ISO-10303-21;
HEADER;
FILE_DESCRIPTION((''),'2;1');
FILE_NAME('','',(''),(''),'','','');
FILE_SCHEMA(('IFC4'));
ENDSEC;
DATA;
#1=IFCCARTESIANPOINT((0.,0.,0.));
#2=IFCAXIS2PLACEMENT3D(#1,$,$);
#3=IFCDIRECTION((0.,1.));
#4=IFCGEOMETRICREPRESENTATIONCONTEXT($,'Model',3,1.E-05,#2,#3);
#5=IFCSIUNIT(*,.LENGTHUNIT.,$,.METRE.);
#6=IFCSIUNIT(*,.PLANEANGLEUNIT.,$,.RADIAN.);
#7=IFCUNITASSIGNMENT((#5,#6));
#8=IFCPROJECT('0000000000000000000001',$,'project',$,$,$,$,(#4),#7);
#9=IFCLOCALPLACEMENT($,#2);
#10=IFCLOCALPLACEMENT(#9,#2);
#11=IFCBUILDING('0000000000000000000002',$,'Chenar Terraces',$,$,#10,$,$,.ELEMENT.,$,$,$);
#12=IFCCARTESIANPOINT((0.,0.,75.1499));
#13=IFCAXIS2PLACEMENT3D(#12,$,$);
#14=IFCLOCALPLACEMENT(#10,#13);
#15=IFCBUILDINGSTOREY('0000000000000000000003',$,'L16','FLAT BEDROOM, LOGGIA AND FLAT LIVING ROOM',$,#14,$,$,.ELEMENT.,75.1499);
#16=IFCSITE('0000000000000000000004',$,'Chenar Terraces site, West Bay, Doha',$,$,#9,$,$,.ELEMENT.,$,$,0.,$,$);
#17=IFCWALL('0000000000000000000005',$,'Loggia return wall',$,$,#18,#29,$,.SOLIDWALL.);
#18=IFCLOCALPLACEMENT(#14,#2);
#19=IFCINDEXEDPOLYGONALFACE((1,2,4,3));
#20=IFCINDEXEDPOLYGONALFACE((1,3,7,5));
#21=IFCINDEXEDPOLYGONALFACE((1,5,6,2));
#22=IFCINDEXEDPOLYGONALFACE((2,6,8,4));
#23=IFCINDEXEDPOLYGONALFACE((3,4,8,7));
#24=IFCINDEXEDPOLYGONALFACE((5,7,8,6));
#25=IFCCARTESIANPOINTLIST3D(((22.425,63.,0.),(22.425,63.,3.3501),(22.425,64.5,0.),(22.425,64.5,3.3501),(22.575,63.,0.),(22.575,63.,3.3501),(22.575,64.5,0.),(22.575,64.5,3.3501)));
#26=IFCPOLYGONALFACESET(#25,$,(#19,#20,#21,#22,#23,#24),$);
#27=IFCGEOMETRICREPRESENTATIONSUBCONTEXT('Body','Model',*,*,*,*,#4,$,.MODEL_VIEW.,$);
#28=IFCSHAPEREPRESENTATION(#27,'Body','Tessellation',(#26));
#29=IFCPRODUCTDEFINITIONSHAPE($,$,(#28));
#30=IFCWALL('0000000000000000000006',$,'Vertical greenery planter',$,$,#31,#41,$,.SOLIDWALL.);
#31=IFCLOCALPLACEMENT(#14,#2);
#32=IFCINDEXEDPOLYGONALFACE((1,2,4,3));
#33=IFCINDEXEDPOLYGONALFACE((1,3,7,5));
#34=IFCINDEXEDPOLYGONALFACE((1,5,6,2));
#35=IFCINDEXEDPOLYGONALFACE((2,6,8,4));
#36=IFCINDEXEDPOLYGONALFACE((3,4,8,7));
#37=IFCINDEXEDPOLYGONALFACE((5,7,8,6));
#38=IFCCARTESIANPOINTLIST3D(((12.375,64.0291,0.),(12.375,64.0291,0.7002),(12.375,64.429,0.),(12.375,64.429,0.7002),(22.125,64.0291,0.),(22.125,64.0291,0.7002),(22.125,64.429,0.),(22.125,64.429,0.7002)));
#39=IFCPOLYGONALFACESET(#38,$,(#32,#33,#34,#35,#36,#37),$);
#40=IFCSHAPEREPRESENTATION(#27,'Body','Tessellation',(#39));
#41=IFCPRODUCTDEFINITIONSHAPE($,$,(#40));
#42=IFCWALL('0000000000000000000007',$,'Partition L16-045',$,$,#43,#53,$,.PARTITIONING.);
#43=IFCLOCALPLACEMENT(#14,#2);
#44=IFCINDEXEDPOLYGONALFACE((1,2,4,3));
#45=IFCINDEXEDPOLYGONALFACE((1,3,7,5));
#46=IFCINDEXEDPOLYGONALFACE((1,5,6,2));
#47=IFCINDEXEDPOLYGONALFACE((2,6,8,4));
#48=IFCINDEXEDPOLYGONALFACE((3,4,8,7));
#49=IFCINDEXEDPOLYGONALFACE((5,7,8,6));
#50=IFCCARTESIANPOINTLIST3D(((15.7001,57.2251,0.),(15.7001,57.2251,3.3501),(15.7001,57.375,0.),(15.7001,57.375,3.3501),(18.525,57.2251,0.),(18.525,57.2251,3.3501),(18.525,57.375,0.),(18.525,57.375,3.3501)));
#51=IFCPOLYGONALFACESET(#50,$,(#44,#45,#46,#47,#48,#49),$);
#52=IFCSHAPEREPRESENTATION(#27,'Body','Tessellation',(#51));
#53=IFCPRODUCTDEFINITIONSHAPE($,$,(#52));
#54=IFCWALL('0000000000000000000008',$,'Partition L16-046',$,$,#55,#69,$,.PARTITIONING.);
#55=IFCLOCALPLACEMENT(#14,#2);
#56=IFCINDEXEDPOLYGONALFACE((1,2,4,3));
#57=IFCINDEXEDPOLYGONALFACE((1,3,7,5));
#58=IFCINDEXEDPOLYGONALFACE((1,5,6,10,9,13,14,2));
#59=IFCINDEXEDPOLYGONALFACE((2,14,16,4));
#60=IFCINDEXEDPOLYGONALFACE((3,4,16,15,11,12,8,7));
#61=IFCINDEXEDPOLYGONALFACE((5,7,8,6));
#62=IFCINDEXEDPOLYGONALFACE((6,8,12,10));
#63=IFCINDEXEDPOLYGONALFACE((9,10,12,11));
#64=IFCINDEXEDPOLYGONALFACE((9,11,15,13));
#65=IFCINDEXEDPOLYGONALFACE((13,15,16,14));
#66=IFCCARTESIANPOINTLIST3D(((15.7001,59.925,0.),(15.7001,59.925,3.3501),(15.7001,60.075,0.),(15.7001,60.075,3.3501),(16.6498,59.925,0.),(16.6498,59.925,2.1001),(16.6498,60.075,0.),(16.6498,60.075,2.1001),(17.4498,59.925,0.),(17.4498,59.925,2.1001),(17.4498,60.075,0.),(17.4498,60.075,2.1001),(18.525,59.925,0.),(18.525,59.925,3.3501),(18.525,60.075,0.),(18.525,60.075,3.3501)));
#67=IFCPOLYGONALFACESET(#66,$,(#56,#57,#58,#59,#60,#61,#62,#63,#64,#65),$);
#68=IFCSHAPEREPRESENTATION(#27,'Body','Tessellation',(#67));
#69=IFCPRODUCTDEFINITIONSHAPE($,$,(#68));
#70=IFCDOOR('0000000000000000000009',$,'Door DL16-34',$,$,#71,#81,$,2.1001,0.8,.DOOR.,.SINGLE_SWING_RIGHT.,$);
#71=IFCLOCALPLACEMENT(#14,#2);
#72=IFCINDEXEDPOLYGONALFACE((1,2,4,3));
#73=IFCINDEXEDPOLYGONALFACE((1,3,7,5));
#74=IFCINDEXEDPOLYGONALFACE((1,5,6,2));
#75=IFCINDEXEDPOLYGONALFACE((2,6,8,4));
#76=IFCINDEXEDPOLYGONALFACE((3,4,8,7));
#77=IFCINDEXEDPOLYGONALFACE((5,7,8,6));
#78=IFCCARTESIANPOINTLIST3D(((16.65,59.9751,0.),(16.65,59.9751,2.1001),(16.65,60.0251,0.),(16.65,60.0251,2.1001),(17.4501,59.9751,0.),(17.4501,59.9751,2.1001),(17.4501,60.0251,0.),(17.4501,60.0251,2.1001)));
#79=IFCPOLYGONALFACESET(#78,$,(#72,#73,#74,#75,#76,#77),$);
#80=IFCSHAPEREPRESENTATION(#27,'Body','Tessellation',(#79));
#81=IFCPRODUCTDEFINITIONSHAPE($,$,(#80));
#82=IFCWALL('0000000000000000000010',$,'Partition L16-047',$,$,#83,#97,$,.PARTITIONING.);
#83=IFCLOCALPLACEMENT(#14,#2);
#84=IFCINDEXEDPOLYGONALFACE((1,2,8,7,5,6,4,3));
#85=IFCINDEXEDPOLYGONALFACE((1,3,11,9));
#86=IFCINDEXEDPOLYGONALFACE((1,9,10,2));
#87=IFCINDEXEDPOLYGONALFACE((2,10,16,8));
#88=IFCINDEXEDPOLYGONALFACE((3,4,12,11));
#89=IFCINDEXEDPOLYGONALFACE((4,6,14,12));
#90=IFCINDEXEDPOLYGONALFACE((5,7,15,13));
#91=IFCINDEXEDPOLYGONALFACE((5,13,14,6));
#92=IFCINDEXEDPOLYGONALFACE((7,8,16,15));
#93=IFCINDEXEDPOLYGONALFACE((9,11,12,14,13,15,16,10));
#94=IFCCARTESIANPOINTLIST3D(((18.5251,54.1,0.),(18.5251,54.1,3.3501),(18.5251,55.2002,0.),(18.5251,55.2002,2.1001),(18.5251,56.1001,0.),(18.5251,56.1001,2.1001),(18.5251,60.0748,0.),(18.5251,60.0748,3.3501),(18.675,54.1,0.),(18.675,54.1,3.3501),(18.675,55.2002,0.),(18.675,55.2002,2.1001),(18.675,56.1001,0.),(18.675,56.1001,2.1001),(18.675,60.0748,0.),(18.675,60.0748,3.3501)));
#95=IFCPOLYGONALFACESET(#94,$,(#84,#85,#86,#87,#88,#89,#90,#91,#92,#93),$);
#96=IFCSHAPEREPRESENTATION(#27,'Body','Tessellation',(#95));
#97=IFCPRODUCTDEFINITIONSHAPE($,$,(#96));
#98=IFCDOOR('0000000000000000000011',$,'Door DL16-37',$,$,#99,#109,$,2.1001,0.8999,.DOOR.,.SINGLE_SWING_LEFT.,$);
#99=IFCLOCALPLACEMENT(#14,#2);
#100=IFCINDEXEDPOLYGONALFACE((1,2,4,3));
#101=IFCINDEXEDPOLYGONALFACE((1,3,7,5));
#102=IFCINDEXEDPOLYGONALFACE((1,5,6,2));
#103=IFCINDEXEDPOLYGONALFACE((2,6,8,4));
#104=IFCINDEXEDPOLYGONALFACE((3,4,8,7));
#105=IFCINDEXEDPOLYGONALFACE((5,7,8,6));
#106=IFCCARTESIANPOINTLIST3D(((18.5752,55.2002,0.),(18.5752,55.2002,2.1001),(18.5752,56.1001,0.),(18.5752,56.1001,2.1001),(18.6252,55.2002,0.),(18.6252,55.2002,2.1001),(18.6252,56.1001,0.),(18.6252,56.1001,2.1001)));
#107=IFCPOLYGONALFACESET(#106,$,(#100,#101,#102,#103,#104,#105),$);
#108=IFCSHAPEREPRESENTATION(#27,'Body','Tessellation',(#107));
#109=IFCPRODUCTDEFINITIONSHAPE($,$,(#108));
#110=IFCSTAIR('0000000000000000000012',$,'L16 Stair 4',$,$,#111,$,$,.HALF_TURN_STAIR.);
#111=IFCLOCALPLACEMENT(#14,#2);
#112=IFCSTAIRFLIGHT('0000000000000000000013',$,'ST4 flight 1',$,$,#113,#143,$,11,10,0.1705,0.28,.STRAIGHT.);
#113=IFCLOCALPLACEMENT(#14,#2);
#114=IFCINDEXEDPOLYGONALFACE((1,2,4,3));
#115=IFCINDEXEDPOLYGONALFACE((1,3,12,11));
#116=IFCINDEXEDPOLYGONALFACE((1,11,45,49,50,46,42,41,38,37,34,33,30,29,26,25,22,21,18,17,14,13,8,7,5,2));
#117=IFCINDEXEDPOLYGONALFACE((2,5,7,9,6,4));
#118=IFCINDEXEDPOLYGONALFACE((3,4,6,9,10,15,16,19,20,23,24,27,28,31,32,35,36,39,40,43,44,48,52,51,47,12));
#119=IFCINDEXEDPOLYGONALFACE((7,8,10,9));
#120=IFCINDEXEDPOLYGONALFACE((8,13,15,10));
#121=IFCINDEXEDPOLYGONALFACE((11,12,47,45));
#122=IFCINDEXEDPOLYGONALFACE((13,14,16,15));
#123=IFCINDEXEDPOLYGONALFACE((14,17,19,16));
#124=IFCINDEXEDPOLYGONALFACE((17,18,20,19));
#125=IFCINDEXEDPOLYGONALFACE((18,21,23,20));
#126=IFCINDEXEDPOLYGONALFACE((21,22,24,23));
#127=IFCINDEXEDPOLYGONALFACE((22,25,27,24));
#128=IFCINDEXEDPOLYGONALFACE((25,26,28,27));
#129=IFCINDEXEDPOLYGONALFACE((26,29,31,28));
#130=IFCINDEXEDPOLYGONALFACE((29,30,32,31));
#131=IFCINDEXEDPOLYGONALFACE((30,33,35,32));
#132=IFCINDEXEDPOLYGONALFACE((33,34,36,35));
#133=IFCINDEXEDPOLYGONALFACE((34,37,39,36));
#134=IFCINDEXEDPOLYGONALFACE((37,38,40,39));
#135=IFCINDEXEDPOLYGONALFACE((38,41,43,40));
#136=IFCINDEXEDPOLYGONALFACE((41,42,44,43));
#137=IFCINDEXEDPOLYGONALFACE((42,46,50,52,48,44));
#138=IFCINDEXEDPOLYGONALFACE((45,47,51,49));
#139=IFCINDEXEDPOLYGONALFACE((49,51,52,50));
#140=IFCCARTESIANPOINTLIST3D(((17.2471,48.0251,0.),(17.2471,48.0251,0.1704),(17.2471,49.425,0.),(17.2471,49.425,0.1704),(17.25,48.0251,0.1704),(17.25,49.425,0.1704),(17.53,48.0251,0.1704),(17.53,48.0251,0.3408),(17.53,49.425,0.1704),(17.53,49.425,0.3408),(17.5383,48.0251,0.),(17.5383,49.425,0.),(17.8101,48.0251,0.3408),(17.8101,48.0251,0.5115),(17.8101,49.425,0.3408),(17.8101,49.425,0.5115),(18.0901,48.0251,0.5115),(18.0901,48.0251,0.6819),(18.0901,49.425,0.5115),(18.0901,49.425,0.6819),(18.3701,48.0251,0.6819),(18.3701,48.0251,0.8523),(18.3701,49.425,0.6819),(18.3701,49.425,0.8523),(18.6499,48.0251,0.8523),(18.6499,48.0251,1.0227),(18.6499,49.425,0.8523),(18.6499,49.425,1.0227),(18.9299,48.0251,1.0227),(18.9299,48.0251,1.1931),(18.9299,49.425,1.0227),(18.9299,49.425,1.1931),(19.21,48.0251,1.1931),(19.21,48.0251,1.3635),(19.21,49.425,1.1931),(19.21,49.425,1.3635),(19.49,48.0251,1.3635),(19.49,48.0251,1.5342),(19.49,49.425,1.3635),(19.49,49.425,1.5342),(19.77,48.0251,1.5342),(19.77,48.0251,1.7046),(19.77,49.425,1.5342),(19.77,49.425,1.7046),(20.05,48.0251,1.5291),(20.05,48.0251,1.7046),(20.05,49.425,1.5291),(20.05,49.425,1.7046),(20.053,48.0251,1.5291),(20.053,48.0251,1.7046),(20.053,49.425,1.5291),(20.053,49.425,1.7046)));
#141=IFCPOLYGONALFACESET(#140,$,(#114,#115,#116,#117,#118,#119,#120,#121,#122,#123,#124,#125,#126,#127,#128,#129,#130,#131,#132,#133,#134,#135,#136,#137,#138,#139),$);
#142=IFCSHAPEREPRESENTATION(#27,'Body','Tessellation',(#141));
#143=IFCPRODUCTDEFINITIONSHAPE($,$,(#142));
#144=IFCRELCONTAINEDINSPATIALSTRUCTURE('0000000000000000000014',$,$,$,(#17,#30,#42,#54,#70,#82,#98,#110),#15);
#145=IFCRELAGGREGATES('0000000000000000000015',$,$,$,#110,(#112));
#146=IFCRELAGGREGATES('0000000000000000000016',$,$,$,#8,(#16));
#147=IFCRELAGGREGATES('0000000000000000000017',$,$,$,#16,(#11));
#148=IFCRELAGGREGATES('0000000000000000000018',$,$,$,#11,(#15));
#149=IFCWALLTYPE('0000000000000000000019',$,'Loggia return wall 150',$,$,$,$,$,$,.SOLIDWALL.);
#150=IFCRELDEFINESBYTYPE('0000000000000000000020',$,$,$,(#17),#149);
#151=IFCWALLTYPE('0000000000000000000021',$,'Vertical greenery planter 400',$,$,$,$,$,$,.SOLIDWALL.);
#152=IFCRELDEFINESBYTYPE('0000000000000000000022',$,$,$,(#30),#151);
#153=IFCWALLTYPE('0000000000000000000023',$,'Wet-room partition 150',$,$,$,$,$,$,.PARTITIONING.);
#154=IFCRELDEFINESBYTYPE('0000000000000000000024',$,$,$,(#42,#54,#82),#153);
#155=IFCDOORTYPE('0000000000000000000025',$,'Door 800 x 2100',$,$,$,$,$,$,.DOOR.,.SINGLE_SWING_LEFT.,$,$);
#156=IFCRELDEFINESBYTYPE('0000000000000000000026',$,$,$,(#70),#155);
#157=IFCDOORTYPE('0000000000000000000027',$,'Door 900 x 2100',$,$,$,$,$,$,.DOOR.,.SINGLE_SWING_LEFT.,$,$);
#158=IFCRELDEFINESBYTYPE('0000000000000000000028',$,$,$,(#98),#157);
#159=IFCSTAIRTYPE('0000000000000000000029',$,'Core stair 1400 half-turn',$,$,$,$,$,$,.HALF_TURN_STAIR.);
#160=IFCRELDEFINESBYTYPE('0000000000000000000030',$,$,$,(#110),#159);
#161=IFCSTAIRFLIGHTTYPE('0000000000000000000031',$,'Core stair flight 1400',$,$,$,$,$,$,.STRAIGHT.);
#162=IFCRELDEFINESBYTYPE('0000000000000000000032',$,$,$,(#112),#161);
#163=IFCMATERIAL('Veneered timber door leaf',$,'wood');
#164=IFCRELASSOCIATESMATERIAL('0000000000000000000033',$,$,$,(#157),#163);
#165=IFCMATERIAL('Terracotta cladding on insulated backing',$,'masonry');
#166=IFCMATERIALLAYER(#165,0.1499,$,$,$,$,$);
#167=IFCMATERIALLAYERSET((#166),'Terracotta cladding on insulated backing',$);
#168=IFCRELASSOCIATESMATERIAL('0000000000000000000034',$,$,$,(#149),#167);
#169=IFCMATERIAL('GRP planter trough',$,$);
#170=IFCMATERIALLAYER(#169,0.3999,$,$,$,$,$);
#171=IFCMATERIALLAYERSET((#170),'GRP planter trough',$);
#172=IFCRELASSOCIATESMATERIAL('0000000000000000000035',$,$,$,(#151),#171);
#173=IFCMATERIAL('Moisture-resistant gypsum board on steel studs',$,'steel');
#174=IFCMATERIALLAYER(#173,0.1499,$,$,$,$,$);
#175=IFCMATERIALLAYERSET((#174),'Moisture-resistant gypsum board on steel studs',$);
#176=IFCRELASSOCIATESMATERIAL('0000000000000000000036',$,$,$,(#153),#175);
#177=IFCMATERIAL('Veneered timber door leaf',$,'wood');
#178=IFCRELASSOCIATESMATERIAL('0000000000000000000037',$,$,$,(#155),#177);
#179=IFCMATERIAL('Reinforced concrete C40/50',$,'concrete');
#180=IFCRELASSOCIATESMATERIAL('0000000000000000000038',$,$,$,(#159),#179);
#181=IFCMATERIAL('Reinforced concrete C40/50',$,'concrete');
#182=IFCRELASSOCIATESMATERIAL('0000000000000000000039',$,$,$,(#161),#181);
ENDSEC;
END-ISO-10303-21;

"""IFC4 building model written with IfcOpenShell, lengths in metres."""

from ifc_helpers import new_model, si_unit, direction, frame, frame_2d, origin, place, context, subcontext, project, spatial, polyline, rectangle, outline, extrude, material, layer, layer_set, type_object, element, fill, aggregate, save


model = new_model("IFC4")

# Units and contexts
model_context = context("Model", 3, precision=1e-05, world=origin(), true_north=direction((0.0, 1.0)))
body_context = subcontext(model_context, "Body", "Model", "MODEL_VIEW")
ifc_project = project(units=[si_unit("LENGTHUNIT", "METRE"), si_unit("PLANEANGLEUNIT", "RADIAN")], contexts=[model_context])

# Site, building, storey
site_placement = place(None, origin())
site = spatial("IfcSite", under=ifc_project, at=site_placement, Name="Chenar Terraces site, West Bay, Doha", CompositionType="ELEMENT", RefElevation=0.0)
building_placement = place(site_placement, origin())
building = spatial("IfcBuilding", under=site, at=building_placement, Name="Chenar Terraces", CompositionType="ELEMENT")
storey_placement = place(building_placement, frame((0.0, 0.0, 75.1499)))
storey = spatial("IfcBuildingStorey", under=building, at=storey_placement, Name="L16", Description="FLAT BEDROOM, LOGGIA AND FLAT LIVING ROOM", CompositionType="ELEMENT", Elevation=75.1499)

# Shared definitions
ifc_material_1 = material(Name="Veneered timber door leaf", Category="wood")
door_type_1 = type_object("IfcDoorType", Name="Door 900 x 2100", OperationType="SINGLE_SWING_LEFT", PredefinedType="DOOR", material=ifc_material_1)

# Walls
ifc_material_2 = material(Name="Terracotta cladding on insulated backing", Category="masonry")
ifc_layer_1 = layer(ifc_material_2, 0.1499)
ifc_layer_set_1 = layer_set([ifc_layer_1], Name="Terracotta cladding on insulated backing")
wall_type_1 = type_object("IfcWallType", Name="Loggia return wall 150", PredefinedType="SOLIDWALL", material=ifc_layer_set_1)
wall_1_placement = place(storey_placement, frame((22.5, 64.5, 0.0), z_axis=(0.0, 0.0, 1.0), x_axis=(0.0, -1.0, 0.0)))
element("IfcWall", 1, at=wall_1_placement, inside=storey, type_object=wall_type_1, Name="Loggia return wall", PredefinedType="SOLIDWALL", context=body_context, shape_type="SweptSolid", body=[
    extrude(rectangle(XDim=1.5, YDim=0.1499, at=frame_2d((0.75, 0.0))), origin(), (0.0, 0.0, 1.0), 3.3501),
])
ifc_material_3 = material(Name="GRP planter trough")
ifc_layer_2 = layer(ifc_material_3, 0.3999)
ifc_layer_set_2 = layer_set([ifc_layer_2], Name="GRP planter trough")
wall_type_2 = type_object("IfcWallType", Name="Vertical greenery planter 400", PredefinedType="SOLIDWALL", material=ifc_layer_set_2)
wall_2_placement = place(storey_placement, frame((22.125, 64.229, 0.0), z_axis=(0.0, 0.0, 1.0), x_axis=(-1.0, 0.0, 0.0)))
element("IfcWall", 2, at=wall_2_placement, inside=storey, type_object=wall_type_2, Name="Vertical greenery planter", PredefinedType="SOLIDWALL", context=body_context, shape_type="SweptSolid", body=[
    extrude(rectangle(XDim=9.75, YDim=0.3999, at=frame_2d((4.875, 0.0))), origin(), (0.0, 0.0, 1.0), 0.7002),
])
ifc_material_4 = material(Name="Moisture-resistant gypsum board on steel studs", Category="steel")
ifc_layer_3 = layer(ifc_material_4, 0.1499)
ifc_layer_set_3 = layer_set([ifc_layer_3], Name="Moisture-resistant gypsum board on steel studs")
wall_type_3 = type_object("IfcWallType", Name="Wet-room partition 150", PredefinedType="PARTITIONING", material=ifc_layer_set_3)
wall_3_placement = place(storey_placement, frame((15.7, 57.3, 0.0), z_axis=(0.0, 0.0, 1.0), x_axis=(1.0, 0.0, 0.0)))
element("IfcWall", 3, at=wall_3_placement, inside=storey, type_object=wall_type_3, Name="Partition L16-045", PredefinedType="PARTITIONING", context=body_context, shape_type="SweptSolid", body=[
    extrude(rectangle(XDim=2.825, YDim=0.1499, at=frame_2d((1.4126, 0.0))), origin(), (0.0, 0.0, 1.0), 3.3501),
])

# Walls, openings, doors
wall_4_placement = place(storey_placement, frame((15.7, 60.0, 0.0), z_axis=(0.0, 0.0, 1.0), x_axis=(1.0, 0.0, 0.0)))
wall_4 = element("IfcWall", 4, at=wall_4_placement, inside=storey, type_object=wall_type_3, Name="Partition L16-046", PredefinedType="PARTITIONING", context=body_context, shape_type="SweptSolid", body=[
    extrude(rectangle(XDim=2.825, YDim=0.1499, at=frame_2d((1.4126, 0.0))), origin(), (0.0, 0.0, 1.0), 3.3501),
])
opening_1_placement = place(wall_4_placement, frame((0.95, 0.0, 0.0)))
opening_1 = element("IfcOpeningElement", 5, at=opening_1_placement, cuts=wall_4, PredefinedType="OPENING", context=body_context, shape_type="SweptSolid", body=[
    extrude(rectangle(XDim=0.8, YDim=2.1001, at=frame_2d((0.3999, 1.05))), frame((0.0, 0.085, 0.0), z_axis=(0.0, -1.0, 0.0), x_axis=(1.0, 0.0, 0.0)), (0.0, 0.0, 1.0), 0.1699),
])
ifc_material_5 = material(Name="Veneered timber door leaf", Category="wood")
door_type_2 = type_object("IfcDoorType", Name="Door 800 x 2100", OperationType="SINGLE_SWING_LEFT", PredefinedType="DOOR", material=ifc_material_5)
door_1_placement = place(opening_1_placement, frame((0.8, 0.0, 0.0), z_axis=(0.0, 0.0, 1.0), x_axis=(-1.0, 0.0, 0.0)))
door_1 = element("IfcDoor", 6, at=door_1_placement, inside=storey, type_object=door_type_2, Name="Door DL16-34", OperationType="SINGLE_SWING_RIGHT", OverallHeight=2.1001, OverallWidth=0.8, PredefinedType="DOOR", context=body_context, shape_type="SweptSolid", body=[
    extrude(rectangle(XDim=0.8, YDim=2.1001, at=frame_2d((0.3999, 1.05))), frame((0.0, 0.0249, 0.0), z_axis=(0.0, -1.0, 0.0), x_axis=(1.0, 0.0, 0.0)), (0.0, 0.0, 1.0), 0.05),
])
fill(opening_1, door_1)
wall_5_placement = place(storey_placement, frame((18.6001, 54.1001, 0.0), z_axis=(0.0, 0.0, 1.0), x_axis=(0.0, 1.0, 0.0)))
wall_5 = element("IfcWall", 7, at=wall_5_placement, inside=storey, type_object=wall_type_3, Name="Partition L16-047", PredefinedType="PARTITIONING", context=body_context, shape_type="SweptSolid", body=[
    extrude(rectangle(XDim=5.9749, YDim=0.1499, at=frame_2d((2.9873, 0.0))), origin(), (0.0, 0.0, 1.0), 3.3501),
])
opening_2_placement = place(wall_5_placement, frame((1.1001, 0.0, 0.0)))
opening_2 = element("IfcOpeningElement", 8, at=opening_2_placement, cuts=wall_5, PredefinedType="OPENING", context=body_context, shape_type="SweptSolid", body=[
    extrude(rectangle(XDim=0.8999, YDim=2.1001, at=frame_2d((0.45, 1.05))), frame((0.0, 0.085, 0.0), z_axis=(0.0, -1.0, 0.0), x_axis=(1.0, 0.0, 0.0)), (0.0, 0.0, 1.0), 0.1699),
])
door_2_placement = place(opening_2_placement, origin())
door_2 = element("IfcDoor", 9, at=door_2_placement, inside=storey, type_object=door_type_1, Name="Door DL16-37", OperationType="SINGLE_SWING_LEFT", OverallHeight=2.1001, OverallWidth=0.8999, PredefinedType="DOOR", context=body_context, shape_type="SweptSolid", body=[
    extrude(rectangle(XDim=0.8999, YDim=2.1001, at=frame_2d((0.45, 1.05))), frame((0.0, 0.0249, 0.0), z_axis=(0.0, -1.0, 0.0), x_axis=(1.0, 0.0, 0.0)), (0.0, 0.0, 1.0), 0.05),
])
fill(opening_2, door_2)

# Stair, stair flight
ifc_material_6 = material(Name="Reinforced concrete C40/50", Category="concrete")
stair_type = type_object("IfcStairType", Name="Core stair 1400 half-turn", PredefinedType="HALF_TURN_STAIR", material=ifc_material_6)
stair_placement = place(storey_placement, origin())
stair = element("IfcStair", 10, at=stair_placement, inside=storey, type_object=stair_type, Name="L16 Stair 4", PredefinedType="HALF_TURN_STAIR")
ifc_material_7 = material(Name="Reinforced concrete C40/50", Category="concrete")
stair_flight_type = type_object("IfcStairFlightType", Name="Core stair flight 1400", PredefinedType="STRAIGHT", material=ifc_material_7)
stair_flight_1_placement = place(storey_placement, frame((17.25, 48.7251, 0.0), z_axis=(0.0, 0.0, 1.0), x_axis=(1.0, 0.0, 0.0)))
stair_flight_1 = element("IfcStairFlight", 11, at=stair_flight_1_placement, type_object=stair_flight_type, Name="ST4 flight 1", NumberOfRisers=11, NumberOfTreads=10, PredefinedType="STRAIGHT", RiserHeight=0.1705, TreadLength=0.28, context=body_context, shape_type="SweptSolid", body=[
    extrude(outline(polyline([(-0.0029, 0.0), (-0.0029, 0.1704), (0.0, 0.1704), (0.28, 0.1704), (0.28, 0.3408), (0.5601, 0.3408), (0.5601, 0.5115), (0.8401, 0.5115), (0.8401, 0.6819), (1.1201, 0.6819), (1.1201, 0.8523), (1.3999, 0.8523), (1.3999, 1.0227), (1.6799, 1.0227), (1.6799, 1.1931), (1.96, 1.1931), (1.96, 1.3635), (2.24, 1.3635), (2.24, 1.5342), (2.52, 1.5342), (2.52, 1.7046), (2.8, 1.7046), (2.803, 1.7046), (2.803, 1.5291), (2.8, 1.5291), (0.2883, 0.0), (-0.0029, 0.0)])), frame((0.0, 0.7, 0.0), z_axis=(0.0, -1.0, 0.0), x_axis=(1.0, 0.0, 0.0)), (0.0, 0.0, 1.0), 1.3999),
])
aggregate(stair, [stair_flight_1])

save(model, "model.ifc")
